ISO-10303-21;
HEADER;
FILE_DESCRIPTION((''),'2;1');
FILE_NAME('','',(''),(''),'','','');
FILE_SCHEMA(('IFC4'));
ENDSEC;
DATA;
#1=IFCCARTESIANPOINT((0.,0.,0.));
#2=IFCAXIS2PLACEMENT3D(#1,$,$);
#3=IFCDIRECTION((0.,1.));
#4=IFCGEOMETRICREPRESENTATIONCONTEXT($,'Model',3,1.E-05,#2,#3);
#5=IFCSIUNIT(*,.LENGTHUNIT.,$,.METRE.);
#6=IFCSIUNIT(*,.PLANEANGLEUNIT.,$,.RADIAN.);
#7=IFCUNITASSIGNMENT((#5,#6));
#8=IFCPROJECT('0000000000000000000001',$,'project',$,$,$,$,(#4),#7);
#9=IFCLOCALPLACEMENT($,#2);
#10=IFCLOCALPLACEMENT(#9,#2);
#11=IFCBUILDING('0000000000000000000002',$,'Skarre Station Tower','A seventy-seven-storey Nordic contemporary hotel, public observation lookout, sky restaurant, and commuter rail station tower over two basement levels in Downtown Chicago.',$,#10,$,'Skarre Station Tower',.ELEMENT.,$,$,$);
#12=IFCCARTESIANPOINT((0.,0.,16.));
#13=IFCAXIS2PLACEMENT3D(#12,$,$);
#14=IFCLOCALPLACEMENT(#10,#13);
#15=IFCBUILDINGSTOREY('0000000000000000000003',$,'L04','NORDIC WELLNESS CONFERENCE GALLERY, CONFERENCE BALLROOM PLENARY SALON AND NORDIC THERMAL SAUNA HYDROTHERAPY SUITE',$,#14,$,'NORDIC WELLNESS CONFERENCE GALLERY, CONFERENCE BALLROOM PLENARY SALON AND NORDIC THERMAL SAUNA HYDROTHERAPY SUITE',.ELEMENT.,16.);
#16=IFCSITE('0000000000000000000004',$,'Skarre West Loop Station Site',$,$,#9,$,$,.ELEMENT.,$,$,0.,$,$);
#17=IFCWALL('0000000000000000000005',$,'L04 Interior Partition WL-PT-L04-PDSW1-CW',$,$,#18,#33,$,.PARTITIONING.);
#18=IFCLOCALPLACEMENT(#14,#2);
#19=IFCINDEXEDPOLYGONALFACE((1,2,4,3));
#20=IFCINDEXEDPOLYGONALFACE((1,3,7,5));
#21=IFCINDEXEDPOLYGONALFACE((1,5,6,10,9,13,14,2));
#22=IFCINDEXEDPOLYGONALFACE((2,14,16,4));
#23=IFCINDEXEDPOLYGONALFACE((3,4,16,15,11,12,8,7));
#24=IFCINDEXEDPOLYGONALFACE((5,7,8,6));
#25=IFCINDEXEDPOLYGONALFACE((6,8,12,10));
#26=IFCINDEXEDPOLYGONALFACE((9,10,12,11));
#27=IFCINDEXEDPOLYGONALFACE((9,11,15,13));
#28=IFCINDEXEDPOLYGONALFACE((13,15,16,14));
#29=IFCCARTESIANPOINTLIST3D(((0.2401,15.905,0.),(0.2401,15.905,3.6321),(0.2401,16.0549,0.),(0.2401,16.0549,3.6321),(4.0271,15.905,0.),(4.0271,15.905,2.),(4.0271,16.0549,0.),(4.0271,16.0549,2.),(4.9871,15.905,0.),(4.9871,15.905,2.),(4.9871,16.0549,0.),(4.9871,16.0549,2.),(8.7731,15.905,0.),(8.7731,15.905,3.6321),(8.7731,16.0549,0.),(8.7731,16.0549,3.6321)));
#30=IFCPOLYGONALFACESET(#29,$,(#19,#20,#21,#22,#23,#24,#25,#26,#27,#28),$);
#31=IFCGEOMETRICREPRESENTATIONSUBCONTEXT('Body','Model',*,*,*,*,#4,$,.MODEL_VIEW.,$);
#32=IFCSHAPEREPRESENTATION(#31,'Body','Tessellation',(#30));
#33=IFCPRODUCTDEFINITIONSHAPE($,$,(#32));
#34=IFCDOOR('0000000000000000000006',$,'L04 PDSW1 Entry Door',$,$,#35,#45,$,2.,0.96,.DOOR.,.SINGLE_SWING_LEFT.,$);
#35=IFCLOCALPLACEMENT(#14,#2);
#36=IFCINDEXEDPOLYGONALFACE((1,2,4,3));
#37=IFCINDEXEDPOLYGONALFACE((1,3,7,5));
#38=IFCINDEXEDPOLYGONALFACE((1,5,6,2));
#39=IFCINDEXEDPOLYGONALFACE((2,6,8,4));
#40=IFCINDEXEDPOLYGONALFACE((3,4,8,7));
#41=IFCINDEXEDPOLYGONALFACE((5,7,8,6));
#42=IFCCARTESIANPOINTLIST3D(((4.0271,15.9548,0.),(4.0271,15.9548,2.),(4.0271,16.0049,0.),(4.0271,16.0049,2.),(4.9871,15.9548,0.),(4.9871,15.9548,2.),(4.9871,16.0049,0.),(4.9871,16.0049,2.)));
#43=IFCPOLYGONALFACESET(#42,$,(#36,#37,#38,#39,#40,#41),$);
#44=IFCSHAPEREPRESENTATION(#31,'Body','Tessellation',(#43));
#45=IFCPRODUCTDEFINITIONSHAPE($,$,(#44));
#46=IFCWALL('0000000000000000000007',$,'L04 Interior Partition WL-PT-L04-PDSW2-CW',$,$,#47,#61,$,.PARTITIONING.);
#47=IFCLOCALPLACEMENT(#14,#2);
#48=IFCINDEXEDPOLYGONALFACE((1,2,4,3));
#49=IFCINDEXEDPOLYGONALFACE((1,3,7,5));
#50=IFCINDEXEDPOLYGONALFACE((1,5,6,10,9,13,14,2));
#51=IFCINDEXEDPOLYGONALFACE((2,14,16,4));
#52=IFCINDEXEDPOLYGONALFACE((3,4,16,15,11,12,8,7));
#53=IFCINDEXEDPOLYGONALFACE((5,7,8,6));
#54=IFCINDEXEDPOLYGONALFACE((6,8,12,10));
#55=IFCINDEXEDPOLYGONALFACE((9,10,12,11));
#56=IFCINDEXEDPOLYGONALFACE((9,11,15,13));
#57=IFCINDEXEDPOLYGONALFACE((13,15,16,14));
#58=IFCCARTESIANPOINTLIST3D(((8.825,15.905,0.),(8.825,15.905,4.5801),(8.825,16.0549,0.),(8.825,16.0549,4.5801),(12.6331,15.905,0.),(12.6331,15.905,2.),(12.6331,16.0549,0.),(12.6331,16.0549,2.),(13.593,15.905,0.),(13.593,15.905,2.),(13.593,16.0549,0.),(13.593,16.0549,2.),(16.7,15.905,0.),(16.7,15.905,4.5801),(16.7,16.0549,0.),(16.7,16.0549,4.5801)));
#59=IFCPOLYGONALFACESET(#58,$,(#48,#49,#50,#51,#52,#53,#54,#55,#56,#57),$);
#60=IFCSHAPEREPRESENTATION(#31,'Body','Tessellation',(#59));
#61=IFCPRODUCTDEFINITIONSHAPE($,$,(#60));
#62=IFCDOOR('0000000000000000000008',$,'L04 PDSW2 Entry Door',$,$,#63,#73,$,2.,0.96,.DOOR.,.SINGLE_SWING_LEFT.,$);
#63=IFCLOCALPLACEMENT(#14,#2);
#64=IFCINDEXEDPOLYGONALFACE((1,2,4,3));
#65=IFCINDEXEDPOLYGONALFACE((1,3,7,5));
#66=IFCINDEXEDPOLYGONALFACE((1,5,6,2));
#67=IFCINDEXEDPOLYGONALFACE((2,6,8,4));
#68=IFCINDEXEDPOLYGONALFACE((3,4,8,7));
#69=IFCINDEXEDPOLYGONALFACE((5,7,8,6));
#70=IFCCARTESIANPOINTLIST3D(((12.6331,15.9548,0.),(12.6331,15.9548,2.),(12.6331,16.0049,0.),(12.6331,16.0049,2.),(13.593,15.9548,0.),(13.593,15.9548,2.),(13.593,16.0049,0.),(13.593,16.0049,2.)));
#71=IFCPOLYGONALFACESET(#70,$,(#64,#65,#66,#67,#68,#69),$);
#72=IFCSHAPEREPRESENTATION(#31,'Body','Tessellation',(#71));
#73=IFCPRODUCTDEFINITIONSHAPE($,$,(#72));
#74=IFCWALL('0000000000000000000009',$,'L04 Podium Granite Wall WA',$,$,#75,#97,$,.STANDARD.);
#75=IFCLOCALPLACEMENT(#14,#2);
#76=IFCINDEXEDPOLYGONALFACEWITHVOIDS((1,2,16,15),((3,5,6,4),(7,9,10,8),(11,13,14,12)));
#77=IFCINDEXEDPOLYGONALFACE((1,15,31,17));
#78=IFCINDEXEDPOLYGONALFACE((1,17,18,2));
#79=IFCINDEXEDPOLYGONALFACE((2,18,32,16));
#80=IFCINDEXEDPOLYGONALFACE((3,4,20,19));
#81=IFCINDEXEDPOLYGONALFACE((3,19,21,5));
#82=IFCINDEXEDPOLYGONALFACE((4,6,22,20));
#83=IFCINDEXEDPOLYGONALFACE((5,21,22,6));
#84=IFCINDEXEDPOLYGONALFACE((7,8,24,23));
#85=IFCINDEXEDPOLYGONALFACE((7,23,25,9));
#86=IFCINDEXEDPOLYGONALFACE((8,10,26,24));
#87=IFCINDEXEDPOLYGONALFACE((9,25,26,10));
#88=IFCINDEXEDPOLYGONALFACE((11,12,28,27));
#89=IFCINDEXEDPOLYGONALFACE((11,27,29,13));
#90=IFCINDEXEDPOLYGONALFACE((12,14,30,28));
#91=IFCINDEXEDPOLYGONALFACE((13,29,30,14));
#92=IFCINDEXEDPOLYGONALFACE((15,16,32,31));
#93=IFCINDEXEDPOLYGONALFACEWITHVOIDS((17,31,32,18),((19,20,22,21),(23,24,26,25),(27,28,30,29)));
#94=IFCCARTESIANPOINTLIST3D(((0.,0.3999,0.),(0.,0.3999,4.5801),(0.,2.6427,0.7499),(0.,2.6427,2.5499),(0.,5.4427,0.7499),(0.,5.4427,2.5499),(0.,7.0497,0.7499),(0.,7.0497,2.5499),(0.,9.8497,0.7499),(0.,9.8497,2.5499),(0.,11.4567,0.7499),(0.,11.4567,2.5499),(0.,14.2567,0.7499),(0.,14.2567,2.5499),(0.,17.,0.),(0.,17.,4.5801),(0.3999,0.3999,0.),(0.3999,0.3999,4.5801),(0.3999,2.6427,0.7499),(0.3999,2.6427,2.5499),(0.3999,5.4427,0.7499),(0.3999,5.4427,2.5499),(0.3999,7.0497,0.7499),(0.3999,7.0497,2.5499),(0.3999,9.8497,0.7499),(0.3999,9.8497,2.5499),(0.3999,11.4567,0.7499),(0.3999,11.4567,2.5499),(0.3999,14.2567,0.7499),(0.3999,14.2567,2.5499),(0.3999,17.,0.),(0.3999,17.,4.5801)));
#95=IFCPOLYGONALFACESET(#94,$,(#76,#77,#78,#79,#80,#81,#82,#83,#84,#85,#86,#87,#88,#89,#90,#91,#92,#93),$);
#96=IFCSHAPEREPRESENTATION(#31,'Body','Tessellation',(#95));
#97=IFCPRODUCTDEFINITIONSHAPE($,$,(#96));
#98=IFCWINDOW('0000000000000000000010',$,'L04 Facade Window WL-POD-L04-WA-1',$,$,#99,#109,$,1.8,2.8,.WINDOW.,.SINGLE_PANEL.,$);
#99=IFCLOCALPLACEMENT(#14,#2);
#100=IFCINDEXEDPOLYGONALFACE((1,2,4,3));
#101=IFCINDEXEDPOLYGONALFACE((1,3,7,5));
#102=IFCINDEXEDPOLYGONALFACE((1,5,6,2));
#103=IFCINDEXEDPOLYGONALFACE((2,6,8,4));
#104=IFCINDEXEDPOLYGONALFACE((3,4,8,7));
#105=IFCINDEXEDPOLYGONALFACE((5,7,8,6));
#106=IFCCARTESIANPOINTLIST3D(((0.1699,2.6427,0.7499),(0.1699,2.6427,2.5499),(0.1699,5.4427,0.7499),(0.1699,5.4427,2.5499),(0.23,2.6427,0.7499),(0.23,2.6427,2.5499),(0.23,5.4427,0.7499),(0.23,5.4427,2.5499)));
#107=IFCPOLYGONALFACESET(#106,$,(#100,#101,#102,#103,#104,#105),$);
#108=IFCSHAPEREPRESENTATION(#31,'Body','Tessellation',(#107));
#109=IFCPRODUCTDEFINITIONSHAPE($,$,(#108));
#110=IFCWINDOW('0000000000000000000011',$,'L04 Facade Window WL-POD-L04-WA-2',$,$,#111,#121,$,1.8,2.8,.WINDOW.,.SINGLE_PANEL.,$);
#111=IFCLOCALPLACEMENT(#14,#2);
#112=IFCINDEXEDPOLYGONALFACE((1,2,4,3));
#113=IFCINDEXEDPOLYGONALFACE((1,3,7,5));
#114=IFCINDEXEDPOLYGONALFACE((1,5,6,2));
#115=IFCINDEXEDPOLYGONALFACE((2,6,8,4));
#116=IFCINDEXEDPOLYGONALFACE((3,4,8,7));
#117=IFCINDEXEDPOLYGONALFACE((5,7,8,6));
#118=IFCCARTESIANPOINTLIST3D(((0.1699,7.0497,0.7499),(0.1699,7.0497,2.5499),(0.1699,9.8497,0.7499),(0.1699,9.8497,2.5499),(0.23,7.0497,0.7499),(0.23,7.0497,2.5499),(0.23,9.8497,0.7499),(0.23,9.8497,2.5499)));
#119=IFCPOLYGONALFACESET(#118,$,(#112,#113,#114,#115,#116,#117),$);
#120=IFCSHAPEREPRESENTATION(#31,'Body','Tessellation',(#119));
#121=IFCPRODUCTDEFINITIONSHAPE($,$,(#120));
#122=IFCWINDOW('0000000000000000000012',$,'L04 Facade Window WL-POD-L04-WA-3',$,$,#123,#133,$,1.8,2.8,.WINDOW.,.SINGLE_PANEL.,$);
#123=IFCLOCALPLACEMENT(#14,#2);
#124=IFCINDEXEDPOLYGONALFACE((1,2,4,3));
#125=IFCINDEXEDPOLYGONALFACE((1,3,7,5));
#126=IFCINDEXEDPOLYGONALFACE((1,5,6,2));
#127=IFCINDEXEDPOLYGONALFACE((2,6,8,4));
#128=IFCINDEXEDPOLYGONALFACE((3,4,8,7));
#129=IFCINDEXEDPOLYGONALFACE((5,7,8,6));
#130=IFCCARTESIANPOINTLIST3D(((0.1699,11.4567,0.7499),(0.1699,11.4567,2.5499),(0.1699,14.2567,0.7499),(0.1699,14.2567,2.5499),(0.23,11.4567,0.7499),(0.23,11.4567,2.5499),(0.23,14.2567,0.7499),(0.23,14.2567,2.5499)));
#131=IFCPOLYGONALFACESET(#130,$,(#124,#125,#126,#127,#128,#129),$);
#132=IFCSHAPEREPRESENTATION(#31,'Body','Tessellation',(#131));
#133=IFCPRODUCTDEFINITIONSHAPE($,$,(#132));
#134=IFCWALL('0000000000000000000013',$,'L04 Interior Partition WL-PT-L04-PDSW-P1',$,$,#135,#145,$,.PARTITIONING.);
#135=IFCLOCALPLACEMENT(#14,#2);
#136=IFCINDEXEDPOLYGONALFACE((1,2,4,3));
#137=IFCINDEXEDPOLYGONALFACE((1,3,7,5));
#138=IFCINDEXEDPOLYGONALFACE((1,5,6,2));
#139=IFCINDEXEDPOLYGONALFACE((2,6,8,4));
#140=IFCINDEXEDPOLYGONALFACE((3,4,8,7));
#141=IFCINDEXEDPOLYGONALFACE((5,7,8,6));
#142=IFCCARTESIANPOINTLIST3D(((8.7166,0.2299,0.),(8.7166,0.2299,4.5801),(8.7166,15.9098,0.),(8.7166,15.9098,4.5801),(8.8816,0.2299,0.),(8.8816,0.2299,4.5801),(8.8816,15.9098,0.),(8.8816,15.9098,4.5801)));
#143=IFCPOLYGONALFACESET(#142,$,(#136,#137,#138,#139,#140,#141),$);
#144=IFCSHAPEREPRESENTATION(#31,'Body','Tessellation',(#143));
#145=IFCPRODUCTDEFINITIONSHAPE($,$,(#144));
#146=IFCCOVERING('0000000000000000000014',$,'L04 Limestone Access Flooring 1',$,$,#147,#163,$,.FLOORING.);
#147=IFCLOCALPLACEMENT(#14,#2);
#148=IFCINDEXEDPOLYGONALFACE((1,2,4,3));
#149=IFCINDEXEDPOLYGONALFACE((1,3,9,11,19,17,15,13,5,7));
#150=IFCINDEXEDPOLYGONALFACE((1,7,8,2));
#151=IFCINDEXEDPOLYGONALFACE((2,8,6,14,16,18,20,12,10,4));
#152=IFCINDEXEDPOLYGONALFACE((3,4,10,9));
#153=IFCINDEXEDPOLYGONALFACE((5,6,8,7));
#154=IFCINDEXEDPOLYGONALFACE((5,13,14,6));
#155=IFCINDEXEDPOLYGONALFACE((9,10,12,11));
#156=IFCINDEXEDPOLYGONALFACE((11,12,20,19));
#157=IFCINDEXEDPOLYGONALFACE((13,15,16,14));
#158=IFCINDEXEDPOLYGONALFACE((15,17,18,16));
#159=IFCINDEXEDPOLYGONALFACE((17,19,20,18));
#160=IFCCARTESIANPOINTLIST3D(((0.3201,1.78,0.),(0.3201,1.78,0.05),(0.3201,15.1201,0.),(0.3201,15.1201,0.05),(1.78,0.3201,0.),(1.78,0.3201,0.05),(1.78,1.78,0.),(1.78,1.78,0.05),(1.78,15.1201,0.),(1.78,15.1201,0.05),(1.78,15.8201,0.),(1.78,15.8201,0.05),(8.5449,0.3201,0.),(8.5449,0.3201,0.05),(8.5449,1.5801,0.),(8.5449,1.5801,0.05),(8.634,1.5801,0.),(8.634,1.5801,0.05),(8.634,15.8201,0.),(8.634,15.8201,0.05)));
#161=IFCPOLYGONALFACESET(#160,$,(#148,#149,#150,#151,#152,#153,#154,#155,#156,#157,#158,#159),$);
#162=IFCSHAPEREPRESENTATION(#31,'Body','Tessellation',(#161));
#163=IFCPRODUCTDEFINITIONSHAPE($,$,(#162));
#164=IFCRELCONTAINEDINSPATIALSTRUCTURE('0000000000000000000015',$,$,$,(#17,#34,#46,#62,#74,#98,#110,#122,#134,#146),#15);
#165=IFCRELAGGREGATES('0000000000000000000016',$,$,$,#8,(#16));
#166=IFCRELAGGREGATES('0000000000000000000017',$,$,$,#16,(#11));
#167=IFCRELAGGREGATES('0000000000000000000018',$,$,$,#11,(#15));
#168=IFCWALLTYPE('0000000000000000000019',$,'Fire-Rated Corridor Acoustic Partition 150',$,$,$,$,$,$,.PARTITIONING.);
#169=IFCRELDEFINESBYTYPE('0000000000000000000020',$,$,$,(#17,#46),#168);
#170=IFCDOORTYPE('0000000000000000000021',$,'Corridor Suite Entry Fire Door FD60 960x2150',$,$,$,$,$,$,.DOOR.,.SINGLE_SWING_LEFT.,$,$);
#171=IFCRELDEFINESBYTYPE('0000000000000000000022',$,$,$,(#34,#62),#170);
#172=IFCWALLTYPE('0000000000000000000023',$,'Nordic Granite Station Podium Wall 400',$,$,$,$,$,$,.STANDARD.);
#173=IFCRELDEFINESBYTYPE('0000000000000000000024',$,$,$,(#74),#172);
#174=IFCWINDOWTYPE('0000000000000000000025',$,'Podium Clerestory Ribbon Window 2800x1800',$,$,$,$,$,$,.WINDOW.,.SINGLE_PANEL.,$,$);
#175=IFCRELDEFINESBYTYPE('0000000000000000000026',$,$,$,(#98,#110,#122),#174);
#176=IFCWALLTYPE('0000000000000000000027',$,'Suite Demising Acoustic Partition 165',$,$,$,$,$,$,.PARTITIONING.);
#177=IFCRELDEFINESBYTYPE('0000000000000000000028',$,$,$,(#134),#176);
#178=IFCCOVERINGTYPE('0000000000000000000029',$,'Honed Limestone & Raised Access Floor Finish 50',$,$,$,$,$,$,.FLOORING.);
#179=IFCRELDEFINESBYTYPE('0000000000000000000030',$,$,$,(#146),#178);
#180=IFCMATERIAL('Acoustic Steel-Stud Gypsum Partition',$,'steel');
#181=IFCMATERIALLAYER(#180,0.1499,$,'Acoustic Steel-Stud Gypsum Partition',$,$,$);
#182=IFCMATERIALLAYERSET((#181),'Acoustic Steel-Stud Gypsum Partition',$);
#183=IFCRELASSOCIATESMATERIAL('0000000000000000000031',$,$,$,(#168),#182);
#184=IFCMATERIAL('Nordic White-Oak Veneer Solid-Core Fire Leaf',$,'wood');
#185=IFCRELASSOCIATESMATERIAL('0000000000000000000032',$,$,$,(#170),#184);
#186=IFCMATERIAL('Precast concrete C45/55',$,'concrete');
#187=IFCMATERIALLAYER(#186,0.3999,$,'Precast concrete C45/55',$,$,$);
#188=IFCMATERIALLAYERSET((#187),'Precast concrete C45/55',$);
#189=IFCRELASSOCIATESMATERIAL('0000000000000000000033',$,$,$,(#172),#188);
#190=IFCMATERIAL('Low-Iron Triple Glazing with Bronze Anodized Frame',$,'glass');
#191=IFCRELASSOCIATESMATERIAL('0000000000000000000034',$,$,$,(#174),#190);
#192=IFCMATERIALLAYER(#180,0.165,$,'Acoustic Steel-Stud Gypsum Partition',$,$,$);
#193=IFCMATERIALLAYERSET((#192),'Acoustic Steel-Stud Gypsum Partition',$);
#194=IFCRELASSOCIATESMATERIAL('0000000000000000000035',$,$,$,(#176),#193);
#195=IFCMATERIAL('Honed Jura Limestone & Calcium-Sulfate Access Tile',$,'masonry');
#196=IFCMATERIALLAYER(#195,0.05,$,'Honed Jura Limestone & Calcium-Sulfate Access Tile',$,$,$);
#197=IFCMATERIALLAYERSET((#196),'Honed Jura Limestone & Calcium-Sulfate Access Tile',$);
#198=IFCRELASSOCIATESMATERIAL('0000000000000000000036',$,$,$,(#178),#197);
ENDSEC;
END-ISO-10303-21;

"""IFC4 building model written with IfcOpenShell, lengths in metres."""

from ifc_helpers import new_model, si_unit, direction, frame, frame_2d, origin, place, context, subcontext, project, spatial, polyline, rectangle, outline, extrude, material, layer, layer_set, type_object, element, fill, save


model = new_model("IFC4")

# Units and contexts
model_context = context("Model", 3, precision=1e-05, world=origin(), true_north=direction((0.0, 1.0)))
body_context = subcontext(model_context, "Body", "Model", "MODEL_VIEW")
ifc_project = project(units=[si_unit("LENGTHUNIT", "METRE"), si_unit("PLANEANGLEUNIT", "RADIAN")], contexts=[model_context])

# Site, building, storey
site_placement = place(None, origin())
site = spatial("IfcSite", under=ifc_project, at=site_placement, Name="Skarre West Loop Station Site", CompositionType="ELEMENT", RefElevation=0.0)
building_placement = place(site_placement, origin())
building = spatial("IfcBuilding", under=site, at=building_placement, Name="Skarre Station Tower", Description="A seventy-seven-storey Nordic contemporary hotel, public observation lookout, sky restaurant, and commuter rail station tower over two basement levels in Downtown Chicago.", LongName="Skarre Station Tower", CompositionType="ELEMENT")
storey_placement = place(building_placement, frame((0.0, 0.0, 16.0)))
storey = spatial("IfcBuildingStorey", under=building, at=storey_placement, Name="L04", Description="NORDIC WELLNESS CONFERENCE GALLERY, CONFERENCE BALLROOM PLENARY SALON AND NORDIC THERMAL SAUNA HYDROTHERAPY SUITE", LongName="NORDIC WELLNESS CONFERENCE GALLERY, CONFERENCE BALLROOM PLENARY SALON AND NORDIC THERMAL SAUNA HYDROTHERAPY SUITE", CompositionType="ELEMENT", Elevation=16.0)

# Walls, openings, doors
ifc_material_1 = material(Name="Acoustic Steel-Stud Gypsum Partition", Category="steel")
ifc_layer_1 = layer(ifc_material_1, 0.1499, Name="Acoustic Steel-Stud Gypsum Partition")
ifc_layer_set_1 = layer_set([ifc_layer_1], Name="Acoustic Steel-Stud Gypsum Partition")
wall_type_1 = type_object("IfcWallType", Name="Fire-Rated Corridor Acoustic Partition 150", PredefinedType="PARTITIONING", material=ifc_layer_set_1)
wall_1_placement = place(storey_placement, frame((0.24, 15.98, 0.0), z_axis=(0.0, 0.0, 1.0), x_axis=(1.0, 0.0, 0.0)))
wall_1 = element("IfcWall", 1, at=wall_1_placement, inside=storey, type_object=wall_type_1, Name="L04 Interior Partition WL-PT-L04-PDSW1-CW", PredefinedType="PARTITIONING", context=body_context, shape_type="SweptSolid", body=[
    extrude(rectangle(XDim=8.533, YDim=0.1499, at=frame_2d((4.2666, 0.0))), origin(), (0.0, 0.0, 1.0), 3.6321),
])
opening_1_placement = place(wall_1_placement, frame((3.7871, 0.0, 0.0)))
opening_1 = element("IfcOpeningElement", 2, at=opening_1_placement, cuts=wall_1, PredefinedType="OPENING", context=body_context, shape_type="SweptSolid", body=[
    extrude(rectangle(XDim=0.96, YDim=2.0, at=frame_2d((0.48, 1.0))), frame((0.0, 0.085, 0.0), z_axis=(0.0, -1.0, 0.0), x_axis=(1.0, 0.0, 0.0)), (0.0, 0.0, 1.0), 0.1699),
])
ifc_material_2 = material(Name="Nordic White-Oak Veneer Solid-Core Fire Leaf", Category="wood")
door_type = type_object("IfcDoorType", Name="Corridor Suite Entry Fire Door FD60 960x2150", OperationType="SINGLE_SWING_LEFT", PredefinedType="DOOR", material=ifc_material_2)
door_1_placement = place(opening_1_placement, origin())
door_1 = element("IfcDoor", 3, at=door_1_placement, inside=storey, type_object=door_type, Name="L04 PDSW1 Entry Door", OperationType="SINGLE_SWING_LEFT", OverallHeight=2.0, OverallWidth=0.96, PredefinedType="DOOR", context=body_context, shape_type="SweptSolid", body=[
    extrude(rectangle(XDim=0.96, YDim=2.0, at=frame_2d((0.48, 1.0))), frame((0.0, 0.0249, 0.0), z_axis=(0.0, -1.0, 0.0), x_axis=(1.0, 0.0, 0.0)), (0.0, 0.0, 1.0), 0.05),
])
fill(opening_1, door_1)
wall_2_placement = place(storey_placement, frame((8.825, 15.98, 0.0), z_axis=(0.0, 0.0, 1.0), x_axis=(1.0, 0.0, 0.0)))
wall_2 = element("IfcWall", 4, at=wall_2_placement, inside=storey, type_object=wall_type_1, Name="L04 Interior Partition WL-PT-L04-PDSW2-CW", PredefinedType="PARTITIONING", context=body_context, shape_type="SweptSolid", body=[
    extrude(rectangle(XDim=7.875, YDim=0.1499, at=frame_2d((3.9375, 0.0))), origin(), (0.0, 0.0, 1.0), 4.5801),
])
opening_2_placement = place(wall_2_placement, frame((3.8081, 0.0, 0.0)))
opening_2 = element("IfcOpeningElement", 5, at=opening_2_placement, cuts=wall_2, PredefinedType="OPENING", context=body_context, shape_type="SweptSolid", body=[
    extrude(rectangle(XDim=0.96, YDim=2.0, at=frame_2d((0.48, 1.0))), frame((0.0, 0.085, 0.0), z_axis=(0.0, -1.0, 0.0), x_axis=(1.0, 0.0, 0.0)), (0.0, 0.0, 1.0), 0.1699),
])
door_2_placement = place(opening_2_placement, origin())
door_2 = element("IfcDoor", 6, at=door_2_placement, inside=storey, type_object=door_type, Name="L04 PDSW2 Entry Door", OperationType="SINGLE_SWING_LEFT", OverallHeight=2.0, OverallWidth=0.96, PredefinedType="DOOR", context=body_context, shape_type="SweptSolid", body=[
    extrude(rectangle(XDim=0.96, YDim=2.0, at=frame_2d((0.48, 1.0))), frame((0.0, 0.0249, 0.0), z_axis=(0.0, -1.0, 0.0), x_axis=(1.0, 0.0, 0.0)), (0.0, 0.0, 1.0), 0.05),
])
fill(opening_2, door_2)

# Wall, openings, windows
ifc_material_3 = material(Name="Precast concrete C45/55", Category="concrete")
ifc_layer_2 = layer(ifc_material_3, 0.3999, Name="Precast concrete C45/55")
ifc_layer_set_2 = layer_set([ifc_layer_2], Name="Precast concrete C45/55")
wall_type_2 = type_object("IfcWallType", Name="Nordic Granite Station Podium Wall 400", PredefinedType="STANDARD", material=ifc_layer_set_2)
wall_3_placement = place(storey_placement, frame((0.2, 0.3999, 0.0), z_axis=(0.0, 0.0, 1.0), x_axis=(0.0, 1.0, 0.0)))
wall_3 = element("IfcWall", 7, at=wall_3_placement, inside=storey, type_object=wall_type_2, Name="L04 Podium Granite Wall WA", PredefinedType="STANDARD", context=body_context, shape_type="SweptSolid", body=[
    extrude(rectangle(XDim=16.6001, YDim=0.3999, at=frame_2d((8.3, 0.0))), origin(), (0.0, 0.0, 1.0), 4.5801),
])
opening_3_placement = place(wall_3_placement, frame((2.2429, 0.0, 0.75)))
opening_3 = element("IfcOpeningElement", 8, at=opening_3_placement, cuts=wall_3, PredefinedType="OPENING", context=body_context, shape_type="SweptSolid", body=[
    extrude(rectangle(XDim=2.8, YDim=1.8, at=frame_2d((1.3999, 0.8999))), frame((0.0, 0.21, 0.0), z_axis=(0.0, -1.0, 0.0), x_axis=(1.0, 0.0, 0.0)), (0.0, 0.0, 1.0), 0.4199),
])
opening_4_placement = place(wall_3_placement, frame((6.6499, 0.0, 0.75)))
opening_4 = element("IfcOpeningElement", 9, at=opening_4_placement, cuts=wall_3, PredefinedType="OPENING", context=body_context, shape_type="SweptSolid", body=[
    extrude(rectangle(XDim=2.8, YDim=1.8, at=frame_2d((1.3999, 0.8999))), frame((0.0, 0.21, 0.0), z_axis=(0.0, -1.0, 0.0), x_axis=(1.0, 0.0, 0.0)), (0.0, 0.0, 1.0), 0.4199),
])
opening_5_placement = place(wall_3_placement, frame((11.0569, 0.0, 0.75)))
opening_5 = element("IfcOpeningElement", 10, at=opening_5_placement, cuts=wall_3, PredefinedType="OPENING", context=body_context, shape_type="SweptSolid", body=[
    extrude(rectangle(XDim=2.8, YDim=1.8, at=frame_2d((1.3999, 0.8999))), frame((0.0, 0.21, 0.0), z_axis=(0.0, -1.0, 0.0), x_axis=(1.0, 0.0, 0.0)), (0.0, 0.0, 1.0), 0.4199),
])
ifc_material_4 = material(Name="Low-Iron Triple Glazing with Bronze Anodized Frame", Category="glass")
window_type = type_object("IfcWindowType", Name="Podium Clerestory Ribbon Window 2800x1800", PartitioningType="SINGLE_PANEL", PredefinedType="WINDOW", material=ifc_material_4)
window_1_placement = place(opening_3_placement, origin())
window_1 = element("IfcWindow", 11, at=window_1_placement, inside=storey, type_object=window_type, Name="L04 Facade Window WL-POD-L04-WA-1", OverallHeight=1.8, OverallWidth=2.8, PartitioningType="SINGLE_PANEL", PredefinedType="WINDOW", context=body_context, shape_type="SweptSolid", body=[
    extrude(rectangle(XDim=2.8, YDim=1.8, at=frame_2d((1.3999, 0.8999))), frame((0.0, 0.03, 0.0), z_axis=(0.0, -1.0, 0.0), x_axis=(1.0, 0.0, 0.0)), (0.0, 0.0, 1.0), 0.0601),
])
fill(opening_3, window_1)
window_2_placement = place(opening_4_placement, origin())
window_2 = element("IfcWindow", 12, at=window_2_placement, inside=storey, type_object=window_type, Name="L04 Facade Window WL-POD-L04-WA-2", OverallHeight=1.8, OverallWidth=2.8, PartitioningType="SINGLE_PANEL", PredefinedType="WINDOW", context=body_context, shape_type="SweptSolid", body=[
    extrude(rectangle(XDim=2.8, YDim=1.8, at=frame_2d((1.3999, 0.8999))), frame((0.0, 0.03, 0.0), z_axis=(0.0, -1.0, 0.0), x_axis=(1.0, 0.0, 0.0)), (0.0, 0.0, 1.0), 0.0601),
])
fill(opening_4, window_2)
window_3_placement = place(opening_5_placement, origin())
window_3 = element("IfcWindow", 13, at=window_3_placement, inside=storey, type_object=window_type, Name="L04 Facade Window WL-POD-L04-WA-3", OverallHeight=1.8, OverallWidth=2.8, PartitioningType="SINGLE_PANEL", PredefinedType="WINDOW", context=body_context, shape_type="SweptSolid", body=[
    extrude(rectangle(XDim=2.8, YDim=1.8, at=frame_2d((1.3999, 0.8999))), frame((0.0, 0.03, 0.0), z_axis=(0.0, -1.0, 0.0), x_axis=(1.0, 0.0, 0.0)), (0.0, 0.0, 1.0), 0.0601),
])
fill(opening_5, window_3)

# Wall
ifc_layer_3 = layer(ifc_material_1, 0.165, Name="Acoustic Steel-Stud Gypsum Partition")
ifc_layer_set_3 = layer_set([ifc_layer_3], Name="Acoustic Steel-Stud Gypsum Partition")
wall_type_3 = type_object("IfcWallType", Name="Suite Demising Acoustic Partition 165", PredefinedType="PARTITIONING", material=ifc_layer_set_3)
wall_4_placement = place(storey_placement, frame((8.7991, 0.23, 0.0), z_axis=(0.0, 0.0, 1.0), x_axis=(0.0, 1.0, 0.0)))
element("IfcWall", 14, at=wall_4_placement, inside=storey, type_object=wall_type_3, Name="L04 Interior Partition WL-PT-L04-PDSW-P1", PredefinedType="PARTITIONING", context=body_context, shape_type="SweptSolid", body=[
    extrude(rectangle(XDim=15.6799, YDim=0.165, at=frame_2d((7.8398, 0.0))), origin(), (0.0, 0.0, 1.0), 4.5801),
])

# Covering
ifc_material_5 = material(Name="Honed Jura Limestone & Calcium-Sulfate Access Tile", Category="masonry")
ifc_layer_4 = layer(ifc_material_5, 0.05, Name="Honed Jura Limestone & Calcium-Sulfate Access Tile")
ifc_layer_set_4 = layer_set([ifc_layer_4], Name="Honed Jura Limestone & Calcium-Sulfate Access Tile")
covering_type_1 = type_object("IfcCoveringType", Name="Honed Limestone & Raised Access Floor Finish 50", PredefinedType="FLOORING", material=ifc_layer_set_4)
covering_1_placement = place(storey_placement, origin())
element("IfcCovering", 15, at=covering_1_placement, inside=storey, type_object=covering_type_1, Name="L04 Limestone Access Flooring 1", PredefinedType="FLOORING", context=body_context, shape_type="SweptSolid", body=[
    extrude(outline(polyline([(1.78, 0.3201), (8.5449, 0.3201), (8.5449, 1.5801), (8.634, 1.5801), (8.634, 15.8201), (1.78, 15.8201), (1.78, 15.1201), (0.3201, 15.1201), (0.3201, 1.78), (1.78, 1.78), (1.78, 0.3201)])), origin(), (0.0, 0.0, 1.0), 0.05),
])

save(model, "model.ifc")
